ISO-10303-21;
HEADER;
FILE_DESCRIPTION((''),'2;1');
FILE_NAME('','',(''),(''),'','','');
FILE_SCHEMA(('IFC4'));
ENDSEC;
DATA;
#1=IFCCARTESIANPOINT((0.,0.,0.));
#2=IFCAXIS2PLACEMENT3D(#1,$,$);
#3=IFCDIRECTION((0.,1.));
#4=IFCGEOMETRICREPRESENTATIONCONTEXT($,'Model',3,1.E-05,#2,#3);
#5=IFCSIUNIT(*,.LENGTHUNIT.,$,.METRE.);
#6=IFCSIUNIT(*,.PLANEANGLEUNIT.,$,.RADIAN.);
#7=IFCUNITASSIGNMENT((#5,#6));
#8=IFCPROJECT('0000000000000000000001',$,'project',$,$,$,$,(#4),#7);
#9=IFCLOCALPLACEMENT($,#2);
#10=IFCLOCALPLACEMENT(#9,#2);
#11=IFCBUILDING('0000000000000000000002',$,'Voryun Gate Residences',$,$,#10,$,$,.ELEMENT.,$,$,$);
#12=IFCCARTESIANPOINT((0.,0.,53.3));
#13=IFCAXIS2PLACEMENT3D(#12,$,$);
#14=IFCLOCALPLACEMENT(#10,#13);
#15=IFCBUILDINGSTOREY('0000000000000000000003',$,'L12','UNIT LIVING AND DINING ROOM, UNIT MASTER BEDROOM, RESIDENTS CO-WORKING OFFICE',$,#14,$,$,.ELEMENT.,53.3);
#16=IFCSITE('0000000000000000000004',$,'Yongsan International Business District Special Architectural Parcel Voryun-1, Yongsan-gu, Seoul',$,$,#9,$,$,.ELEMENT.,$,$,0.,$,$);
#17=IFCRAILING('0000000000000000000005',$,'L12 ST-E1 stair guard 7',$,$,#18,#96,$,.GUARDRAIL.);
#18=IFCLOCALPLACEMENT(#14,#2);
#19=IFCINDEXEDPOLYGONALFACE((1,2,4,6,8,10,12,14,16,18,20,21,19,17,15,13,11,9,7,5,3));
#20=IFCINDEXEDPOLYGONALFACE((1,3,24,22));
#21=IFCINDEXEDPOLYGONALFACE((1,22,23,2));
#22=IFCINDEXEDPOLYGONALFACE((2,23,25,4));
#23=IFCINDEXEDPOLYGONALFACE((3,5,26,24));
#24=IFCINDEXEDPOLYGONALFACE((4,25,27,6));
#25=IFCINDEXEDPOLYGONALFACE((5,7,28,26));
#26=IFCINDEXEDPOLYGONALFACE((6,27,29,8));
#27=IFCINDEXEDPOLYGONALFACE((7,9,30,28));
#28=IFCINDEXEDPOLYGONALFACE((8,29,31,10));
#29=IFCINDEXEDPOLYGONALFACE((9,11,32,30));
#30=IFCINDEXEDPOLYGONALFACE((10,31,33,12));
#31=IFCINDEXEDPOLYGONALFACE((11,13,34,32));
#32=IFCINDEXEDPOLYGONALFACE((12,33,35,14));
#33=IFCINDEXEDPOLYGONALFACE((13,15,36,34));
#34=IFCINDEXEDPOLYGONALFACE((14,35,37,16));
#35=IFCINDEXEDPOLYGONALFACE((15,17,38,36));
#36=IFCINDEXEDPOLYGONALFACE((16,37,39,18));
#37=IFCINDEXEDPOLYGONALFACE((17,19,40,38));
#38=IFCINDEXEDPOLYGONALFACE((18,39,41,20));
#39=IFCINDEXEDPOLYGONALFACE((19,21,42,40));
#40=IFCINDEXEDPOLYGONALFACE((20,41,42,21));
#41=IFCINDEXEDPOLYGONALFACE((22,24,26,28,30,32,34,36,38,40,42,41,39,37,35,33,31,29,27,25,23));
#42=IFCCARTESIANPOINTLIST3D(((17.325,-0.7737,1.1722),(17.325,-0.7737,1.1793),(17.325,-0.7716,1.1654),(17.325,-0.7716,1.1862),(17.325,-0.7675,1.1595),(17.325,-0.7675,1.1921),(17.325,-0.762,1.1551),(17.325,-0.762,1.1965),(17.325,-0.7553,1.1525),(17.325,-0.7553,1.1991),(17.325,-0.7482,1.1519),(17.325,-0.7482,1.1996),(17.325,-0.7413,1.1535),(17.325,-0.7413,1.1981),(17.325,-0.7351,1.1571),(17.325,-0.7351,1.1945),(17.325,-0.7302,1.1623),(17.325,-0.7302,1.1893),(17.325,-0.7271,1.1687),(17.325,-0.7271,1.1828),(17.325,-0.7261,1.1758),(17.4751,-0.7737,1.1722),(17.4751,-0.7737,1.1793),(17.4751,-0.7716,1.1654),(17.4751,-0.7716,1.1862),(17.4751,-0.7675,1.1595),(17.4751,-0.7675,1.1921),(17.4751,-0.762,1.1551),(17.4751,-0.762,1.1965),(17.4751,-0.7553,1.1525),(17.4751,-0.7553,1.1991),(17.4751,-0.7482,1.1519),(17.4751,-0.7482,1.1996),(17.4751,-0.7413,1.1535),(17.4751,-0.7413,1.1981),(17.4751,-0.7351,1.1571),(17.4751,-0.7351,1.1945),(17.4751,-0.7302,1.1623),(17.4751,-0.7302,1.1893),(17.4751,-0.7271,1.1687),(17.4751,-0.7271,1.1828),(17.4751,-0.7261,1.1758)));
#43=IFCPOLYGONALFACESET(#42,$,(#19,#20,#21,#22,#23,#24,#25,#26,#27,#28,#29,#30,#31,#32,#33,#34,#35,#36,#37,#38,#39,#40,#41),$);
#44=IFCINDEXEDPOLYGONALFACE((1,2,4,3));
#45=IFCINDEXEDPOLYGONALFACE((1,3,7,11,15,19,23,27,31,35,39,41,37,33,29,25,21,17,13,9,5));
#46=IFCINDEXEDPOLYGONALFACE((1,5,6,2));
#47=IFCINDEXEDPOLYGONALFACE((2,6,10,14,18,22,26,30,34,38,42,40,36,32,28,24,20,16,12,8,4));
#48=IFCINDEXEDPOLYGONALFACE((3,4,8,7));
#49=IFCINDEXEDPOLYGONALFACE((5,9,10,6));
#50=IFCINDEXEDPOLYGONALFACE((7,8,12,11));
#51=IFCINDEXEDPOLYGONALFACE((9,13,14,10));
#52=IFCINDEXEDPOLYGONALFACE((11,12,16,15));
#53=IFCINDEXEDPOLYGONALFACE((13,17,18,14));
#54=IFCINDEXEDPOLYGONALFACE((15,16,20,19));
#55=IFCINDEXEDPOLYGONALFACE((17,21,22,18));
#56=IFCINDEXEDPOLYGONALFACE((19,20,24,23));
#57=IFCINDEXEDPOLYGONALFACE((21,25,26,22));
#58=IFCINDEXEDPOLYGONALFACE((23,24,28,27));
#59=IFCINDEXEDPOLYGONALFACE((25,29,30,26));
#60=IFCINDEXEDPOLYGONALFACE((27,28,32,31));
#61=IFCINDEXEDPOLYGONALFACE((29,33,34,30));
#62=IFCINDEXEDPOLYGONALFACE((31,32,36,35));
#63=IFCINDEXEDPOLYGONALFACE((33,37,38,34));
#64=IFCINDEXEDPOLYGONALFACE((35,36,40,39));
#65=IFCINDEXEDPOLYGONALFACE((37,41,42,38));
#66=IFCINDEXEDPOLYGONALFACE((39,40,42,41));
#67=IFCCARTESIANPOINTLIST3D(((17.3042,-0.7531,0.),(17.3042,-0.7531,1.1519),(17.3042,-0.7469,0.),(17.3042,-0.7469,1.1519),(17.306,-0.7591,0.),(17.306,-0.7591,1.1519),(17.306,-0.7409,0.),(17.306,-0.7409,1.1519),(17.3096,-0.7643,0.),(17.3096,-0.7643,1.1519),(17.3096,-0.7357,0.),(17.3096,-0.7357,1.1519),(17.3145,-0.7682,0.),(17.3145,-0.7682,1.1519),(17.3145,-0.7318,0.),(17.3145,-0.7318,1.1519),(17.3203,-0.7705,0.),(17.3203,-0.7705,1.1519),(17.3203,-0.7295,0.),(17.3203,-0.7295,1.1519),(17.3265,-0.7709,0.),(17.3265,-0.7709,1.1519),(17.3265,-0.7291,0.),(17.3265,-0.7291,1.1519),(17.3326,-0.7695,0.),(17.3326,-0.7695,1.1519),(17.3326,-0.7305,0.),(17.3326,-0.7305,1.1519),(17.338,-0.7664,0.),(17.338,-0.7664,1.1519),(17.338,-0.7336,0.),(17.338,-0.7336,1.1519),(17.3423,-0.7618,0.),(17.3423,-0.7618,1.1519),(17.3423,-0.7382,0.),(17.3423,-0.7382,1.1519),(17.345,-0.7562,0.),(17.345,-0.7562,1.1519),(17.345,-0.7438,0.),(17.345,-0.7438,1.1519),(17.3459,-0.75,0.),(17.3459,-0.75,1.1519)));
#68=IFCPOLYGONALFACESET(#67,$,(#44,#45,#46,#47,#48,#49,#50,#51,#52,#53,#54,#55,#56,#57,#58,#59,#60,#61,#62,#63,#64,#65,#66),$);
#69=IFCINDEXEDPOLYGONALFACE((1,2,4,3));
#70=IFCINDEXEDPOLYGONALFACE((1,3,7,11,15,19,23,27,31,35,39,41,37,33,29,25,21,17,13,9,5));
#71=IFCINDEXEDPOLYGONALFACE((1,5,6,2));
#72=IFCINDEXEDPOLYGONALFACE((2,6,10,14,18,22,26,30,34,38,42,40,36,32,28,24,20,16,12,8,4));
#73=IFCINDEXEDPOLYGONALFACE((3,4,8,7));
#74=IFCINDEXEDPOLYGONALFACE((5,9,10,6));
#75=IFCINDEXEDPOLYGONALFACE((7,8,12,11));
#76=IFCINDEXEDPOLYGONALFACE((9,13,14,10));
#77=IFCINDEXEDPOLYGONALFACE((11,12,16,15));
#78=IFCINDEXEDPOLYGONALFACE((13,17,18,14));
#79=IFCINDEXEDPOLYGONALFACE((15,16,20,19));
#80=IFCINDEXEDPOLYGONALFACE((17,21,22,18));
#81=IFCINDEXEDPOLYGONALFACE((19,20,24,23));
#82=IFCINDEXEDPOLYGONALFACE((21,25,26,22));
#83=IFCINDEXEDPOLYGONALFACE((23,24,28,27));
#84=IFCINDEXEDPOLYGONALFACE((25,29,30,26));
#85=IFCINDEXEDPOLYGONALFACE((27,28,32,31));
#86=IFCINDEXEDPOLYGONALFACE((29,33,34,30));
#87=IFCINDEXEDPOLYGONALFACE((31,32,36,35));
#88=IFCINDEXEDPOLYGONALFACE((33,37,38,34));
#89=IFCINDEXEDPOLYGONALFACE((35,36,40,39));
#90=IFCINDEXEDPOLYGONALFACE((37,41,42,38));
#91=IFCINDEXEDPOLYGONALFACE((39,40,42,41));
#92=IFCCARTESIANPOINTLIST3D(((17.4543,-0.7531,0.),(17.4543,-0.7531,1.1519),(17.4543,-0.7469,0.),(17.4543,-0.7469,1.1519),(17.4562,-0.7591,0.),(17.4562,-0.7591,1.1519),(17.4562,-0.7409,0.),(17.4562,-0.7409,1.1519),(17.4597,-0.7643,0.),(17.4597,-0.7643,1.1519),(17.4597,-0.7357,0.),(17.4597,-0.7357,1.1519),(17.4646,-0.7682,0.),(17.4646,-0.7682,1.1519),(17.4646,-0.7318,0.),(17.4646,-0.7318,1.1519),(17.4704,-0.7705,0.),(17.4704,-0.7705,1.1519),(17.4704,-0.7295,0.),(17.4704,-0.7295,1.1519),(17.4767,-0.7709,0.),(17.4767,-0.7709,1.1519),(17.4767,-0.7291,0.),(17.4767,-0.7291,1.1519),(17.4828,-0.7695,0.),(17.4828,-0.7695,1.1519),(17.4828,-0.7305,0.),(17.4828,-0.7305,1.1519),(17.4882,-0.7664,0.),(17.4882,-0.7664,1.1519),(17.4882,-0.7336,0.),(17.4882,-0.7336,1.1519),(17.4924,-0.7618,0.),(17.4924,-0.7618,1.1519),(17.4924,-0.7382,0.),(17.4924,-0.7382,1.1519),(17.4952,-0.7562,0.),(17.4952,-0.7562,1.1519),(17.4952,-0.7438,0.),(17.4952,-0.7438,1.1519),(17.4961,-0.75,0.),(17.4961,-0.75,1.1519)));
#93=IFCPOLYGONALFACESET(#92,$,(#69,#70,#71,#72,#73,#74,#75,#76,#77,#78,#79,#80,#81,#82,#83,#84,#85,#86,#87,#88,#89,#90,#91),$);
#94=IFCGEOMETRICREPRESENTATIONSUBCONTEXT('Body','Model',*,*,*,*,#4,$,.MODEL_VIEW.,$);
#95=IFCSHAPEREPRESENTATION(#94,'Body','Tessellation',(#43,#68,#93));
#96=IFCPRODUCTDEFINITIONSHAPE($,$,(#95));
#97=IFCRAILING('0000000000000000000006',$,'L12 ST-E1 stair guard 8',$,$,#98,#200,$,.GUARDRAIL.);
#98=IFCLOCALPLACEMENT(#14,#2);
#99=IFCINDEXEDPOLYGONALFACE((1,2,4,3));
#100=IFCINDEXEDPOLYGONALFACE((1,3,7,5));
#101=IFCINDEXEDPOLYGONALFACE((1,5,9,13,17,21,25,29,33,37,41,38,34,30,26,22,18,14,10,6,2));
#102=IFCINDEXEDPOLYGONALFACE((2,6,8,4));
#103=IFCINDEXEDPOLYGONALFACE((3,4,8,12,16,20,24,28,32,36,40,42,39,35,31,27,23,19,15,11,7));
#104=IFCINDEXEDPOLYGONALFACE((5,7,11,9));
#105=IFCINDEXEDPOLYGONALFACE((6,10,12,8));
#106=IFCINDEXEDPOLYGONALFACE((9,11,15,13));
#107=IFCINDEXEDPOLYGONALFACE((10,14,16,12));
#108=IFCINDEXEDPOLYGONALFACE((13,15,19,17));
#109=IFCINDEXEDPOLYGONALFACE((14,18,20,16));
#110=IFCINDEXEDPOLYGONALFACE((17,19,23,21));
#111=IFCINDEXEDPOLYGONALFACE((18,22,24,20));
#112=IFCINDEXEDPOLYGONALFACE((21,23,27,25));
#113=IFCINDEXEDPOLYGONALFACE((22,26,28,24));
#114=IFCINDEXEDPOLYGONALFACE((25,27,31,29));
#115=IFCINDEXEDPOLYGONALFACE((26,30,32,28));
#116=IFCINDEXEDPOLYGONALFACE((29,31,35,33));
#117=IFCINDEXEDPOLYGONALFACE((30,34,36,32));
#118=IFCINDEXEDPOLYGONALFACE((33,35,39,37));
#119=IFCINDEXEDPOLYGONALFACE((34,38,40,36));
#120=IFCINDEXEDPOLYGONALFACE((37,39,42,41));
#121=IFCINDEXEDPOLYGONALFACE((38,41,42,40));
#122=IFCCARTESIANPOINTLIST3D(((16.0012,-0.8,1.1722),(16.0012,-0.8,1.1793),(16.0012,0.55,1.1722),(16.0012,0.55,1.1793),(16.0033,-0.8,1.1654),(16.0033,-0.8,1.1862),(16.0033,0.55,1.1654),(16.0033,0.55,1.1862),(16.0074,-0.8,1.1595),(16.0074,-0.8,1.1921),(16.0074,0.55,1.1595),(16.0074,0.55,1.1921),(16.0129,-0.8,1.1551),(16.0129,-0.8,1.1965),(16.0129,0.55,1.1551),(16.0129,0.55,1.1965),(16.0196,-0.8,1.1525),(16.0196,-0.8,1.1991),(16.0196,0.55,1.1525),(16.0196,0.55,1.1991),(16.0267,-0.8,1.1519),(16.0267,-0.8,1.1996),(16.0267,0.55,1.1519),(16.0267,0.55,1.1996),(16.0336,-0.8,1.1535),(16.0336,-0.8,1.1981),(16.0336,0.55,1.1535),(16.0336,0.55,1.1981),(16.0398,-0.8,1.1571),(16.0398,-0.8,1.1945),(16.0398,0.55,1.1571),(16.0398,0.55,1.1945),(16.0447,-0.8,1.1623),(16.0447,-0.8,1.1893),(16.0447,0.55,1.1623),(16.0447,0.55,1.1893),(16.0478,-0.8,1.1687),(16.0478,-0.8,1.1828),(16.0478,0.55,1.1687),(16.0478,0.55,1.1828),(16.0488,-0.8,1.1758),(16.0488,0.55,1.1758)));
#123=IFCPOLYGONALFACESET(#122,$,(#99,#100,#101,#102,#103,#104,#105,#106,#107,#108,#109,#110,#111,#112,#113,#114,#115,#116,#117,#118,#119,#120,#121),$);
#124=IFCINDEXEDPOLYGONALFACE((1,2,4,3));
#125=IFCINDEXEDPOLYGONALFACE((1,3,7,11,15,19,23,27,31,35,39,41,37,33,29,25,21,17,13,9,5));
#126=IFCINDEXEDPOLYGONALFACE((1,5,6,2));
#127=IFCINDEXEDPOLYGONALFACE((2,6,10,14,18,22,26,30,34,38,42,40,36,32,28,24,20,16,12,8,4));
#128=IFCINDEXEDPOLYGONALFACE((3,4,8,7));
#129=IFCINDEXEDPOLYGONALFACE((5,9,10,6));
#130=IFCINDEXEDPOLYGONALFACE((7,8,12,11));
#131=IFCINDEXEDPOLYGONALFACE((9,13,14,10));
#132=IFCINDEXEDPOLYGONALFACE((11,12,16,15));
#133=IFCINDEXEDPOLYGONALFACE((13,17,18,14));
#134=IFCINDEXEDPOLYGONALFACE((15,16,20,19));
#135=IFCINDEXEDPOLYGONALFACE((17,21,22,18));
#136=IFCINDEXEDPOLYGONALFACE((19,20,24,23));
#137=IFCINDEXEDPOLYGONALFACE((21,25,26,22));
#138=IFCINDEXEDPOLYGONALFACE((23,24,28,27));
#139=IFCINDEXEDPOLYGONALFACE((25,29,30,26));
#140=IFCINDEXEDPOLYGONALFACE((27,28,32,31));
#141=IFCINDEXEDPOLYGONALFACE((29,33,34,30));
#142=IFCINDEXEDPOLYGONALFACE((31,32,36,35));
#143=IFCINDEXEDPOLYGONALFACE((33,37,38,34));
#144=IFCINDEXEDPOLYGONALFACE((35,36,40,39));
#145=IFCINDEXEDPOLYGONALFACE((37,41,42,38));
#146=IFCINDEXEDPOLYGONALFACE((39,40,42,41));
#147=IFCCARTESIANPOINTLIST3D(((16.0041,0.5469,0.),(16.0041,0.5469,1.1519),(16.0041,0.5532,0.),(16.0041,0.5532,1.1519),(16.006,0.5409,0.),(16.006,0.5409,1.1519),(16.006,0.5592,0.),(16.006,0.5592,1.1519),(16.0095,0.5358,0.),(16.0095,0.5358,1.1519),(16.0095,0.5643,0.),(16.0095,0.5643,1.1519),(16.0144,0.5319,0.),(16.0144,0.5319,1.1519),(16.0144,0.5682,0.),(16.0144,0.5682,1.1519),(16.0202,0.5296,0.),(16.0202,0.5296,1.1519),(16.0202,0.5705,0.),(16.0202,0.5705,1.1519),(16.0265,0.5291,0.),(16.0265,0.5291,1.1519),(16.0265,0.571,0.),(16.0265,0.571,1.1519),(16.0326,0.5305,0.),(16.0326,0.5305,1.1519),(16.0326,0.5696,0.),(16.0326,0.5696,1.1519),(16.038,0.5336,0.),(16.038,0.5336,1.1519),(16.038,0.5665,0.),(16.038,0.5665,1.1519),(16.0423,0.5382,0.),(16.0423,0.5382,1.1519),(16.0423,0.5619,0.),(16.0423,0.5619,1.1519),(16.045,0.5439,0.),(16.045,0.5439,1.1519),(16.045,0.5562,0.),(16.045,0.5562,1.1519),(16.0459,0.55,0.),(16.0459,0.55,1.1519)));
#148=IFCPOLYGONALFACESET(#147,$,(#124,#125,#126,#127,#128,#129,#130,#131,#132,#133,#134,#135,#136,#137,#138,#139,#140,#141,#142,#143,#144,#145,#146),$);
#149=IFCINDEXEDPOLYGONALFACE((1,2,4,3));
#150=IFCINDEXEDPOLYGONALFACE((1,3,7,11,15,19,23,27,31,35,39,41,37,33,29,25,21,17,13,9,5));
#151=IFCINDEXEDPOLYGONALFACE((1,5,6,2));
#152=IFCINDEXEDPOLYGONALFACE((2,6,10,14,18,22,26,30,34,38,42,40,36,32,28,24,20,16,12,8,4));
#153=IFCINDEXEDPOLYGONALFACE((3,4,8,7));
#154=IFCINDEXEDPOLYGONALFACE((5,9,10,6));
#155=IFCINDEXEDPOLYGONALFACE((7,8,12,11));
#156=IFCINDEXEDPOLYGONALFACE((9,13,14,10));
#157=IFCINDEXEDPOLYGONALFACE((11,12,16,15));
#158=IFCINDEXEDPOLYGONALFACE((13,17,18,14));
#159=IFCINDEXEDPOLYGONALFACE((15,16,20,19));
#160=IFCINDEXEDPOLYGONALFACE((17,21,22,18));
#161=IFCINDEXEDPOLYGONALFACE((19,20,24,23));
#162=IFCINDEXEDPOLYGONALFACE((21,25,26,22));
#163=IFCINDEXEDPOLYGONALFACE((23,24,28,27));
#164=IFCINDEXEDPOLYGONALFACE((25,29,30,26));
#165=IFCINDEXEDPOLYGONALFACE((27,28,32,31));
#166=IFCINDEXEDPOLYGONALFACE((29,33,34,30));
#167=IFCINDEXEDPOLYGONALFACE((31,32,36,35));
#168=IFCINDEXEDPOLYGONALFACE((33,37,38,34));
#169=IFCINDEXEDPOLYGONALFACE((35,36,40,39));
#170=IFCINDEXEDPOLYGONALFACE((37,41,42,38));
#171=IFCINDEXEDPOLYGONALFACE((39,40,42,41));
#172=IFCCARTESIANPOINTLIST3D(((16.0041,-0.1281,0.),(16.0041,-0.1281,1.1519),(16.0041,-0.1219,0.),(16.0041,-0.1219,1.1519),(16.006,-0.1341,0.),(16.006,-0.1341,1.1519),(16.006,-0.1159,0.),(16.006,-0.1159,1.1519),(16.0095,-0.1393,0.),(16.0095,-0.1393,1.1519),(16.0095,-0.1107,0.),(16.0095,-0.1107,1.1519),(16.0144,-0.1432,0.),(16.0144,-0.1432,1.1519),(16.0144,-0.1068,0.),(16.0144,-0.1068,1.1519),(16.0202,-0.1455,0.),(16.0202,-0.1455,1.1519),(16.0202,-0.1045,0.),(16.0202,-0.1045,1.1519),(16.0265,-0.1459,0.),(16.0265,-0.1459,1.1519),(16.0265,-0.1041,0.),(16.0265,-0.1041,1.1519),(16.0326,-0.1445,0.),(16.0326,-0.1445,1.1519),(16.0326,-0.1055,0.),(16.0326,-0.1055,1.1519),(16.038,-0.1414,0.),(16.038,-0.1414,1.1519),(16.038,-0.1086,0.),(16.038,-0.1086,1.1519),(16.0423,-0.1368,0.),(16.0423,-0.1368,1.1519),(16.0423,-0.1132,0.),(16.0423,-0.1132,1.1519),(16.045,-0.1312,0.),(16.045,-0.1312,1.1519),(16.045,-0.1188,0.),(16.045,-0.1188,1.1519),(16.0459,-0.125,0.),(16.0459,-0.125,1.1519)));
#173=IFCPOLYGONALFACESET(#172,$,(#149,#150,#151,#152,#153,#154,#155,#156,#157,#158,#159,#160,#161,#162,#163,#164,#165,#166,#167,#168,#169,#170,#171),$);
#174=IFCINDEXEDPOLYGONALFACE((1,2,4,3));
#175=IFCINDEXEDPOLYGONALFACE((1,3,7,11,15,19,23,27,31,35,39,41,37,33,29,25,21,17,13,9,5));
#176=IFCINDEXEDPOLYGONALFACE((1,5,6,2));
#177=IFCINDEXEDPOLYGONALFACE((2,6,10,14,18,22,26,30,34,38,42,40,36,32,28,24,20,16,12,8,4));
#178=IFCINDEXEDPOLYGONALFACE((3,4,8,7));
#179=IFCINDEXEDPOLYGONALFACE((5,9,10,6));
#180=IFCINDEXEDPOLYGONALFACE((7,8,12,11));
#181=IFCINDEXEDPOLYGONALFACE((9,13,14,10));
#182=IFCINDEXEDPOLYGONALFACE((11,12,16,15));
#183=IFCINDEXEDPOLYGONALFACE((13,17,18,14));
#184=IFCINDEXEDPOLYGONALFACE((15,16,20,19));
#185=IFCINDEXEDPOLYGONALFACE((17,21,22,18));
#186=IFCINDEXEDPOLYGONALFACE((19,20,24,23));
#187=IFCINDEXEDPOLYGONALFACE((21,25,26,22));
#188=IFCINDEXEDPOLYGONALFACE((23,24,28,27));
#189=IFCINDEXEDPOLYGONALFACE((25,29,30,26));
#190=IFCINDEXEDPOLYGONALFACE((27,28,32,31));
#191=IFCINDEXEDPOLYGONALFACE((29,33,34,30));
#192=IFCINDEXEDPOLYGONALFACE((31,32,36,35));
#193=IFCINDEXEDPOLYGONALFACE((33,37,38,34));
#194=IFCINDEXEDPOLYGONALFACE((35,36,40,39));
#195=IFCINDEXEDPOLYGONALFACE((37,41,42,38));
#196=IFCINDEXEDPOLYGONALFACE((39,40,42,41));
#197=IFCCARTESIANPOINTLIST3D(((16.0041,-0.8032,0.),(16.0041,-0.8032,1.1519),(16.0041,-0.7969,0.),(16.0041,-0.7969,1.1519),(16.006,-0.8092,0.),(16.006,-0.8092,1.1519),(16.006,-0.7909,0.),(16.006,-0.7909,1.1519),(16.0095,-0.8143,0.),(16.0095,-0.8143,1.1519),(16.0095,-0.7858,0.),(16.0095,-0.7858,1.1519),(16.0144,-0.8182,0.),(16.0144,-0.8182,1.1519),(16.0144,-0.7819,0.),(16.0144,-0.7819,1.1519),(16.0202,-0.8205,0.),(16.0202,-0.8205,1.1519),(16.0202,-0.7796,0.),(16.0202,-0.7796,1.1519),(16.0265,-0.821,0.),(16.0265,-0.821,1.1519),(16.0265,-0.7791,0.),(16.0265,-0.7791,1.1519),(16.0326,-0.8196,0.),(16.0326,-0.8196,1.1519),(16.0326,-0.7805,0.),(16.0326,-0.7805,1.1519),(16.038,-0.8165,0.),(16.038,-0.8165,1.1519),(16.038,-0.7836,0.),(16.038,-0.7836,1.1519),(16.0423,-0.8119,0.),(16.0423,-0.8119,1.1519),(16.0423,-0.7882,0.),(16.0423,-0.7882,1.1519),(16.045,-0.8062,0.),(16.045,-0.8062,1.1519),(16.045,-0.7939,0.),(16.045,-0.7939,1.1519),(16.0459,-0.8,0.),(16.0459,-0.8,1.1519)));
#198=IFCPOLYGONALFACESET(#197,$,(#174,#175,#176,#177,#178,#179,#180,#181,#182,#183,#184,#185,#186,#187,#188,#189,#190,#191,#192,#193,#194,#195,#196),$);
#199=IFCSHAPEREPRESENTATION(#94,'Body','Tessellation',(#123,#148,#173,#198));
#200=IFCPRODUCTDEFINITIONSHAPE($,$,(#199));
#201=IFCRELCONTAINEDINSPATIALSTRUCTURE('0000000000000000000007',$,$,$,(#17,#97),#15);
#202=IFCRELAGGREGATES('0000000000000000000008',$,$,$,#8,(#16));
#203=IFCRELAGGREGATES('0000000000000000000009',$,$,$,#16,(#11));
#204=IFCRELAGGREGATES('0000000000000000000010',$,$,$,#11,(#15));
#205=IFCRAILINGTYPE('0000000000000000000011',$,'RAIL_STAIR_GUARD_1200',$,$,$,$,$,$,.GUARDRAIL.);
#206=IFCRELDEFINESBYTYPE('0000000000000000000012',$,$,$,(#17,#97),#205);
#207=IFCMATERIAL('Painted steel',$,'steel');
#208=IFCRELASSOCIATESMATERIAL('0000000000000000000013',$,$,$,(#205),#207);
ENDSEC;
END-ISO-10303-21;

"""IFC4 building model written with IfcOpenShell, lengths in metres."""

from ifc_helpers import new_model, si_unit, direction, frame, origin, origin_2d, place, context, subcontext, project, spatial, circle, extrude, material, type_object, element, save


model = new_model("IFC4")

# Units and contexts
model_context = context("Model", 3, precision=1e-05, world=origin(), true_north=direction((0.0, 1.0)))
body_context = subcontext(model_context, "Body", "Model", "MODEL_VIEW")
ifc_project = project(units=[si_unit("LENGTHUNIT", "METRE"), si_unit("PLANEANGLEUNIT", "RADIAN")], contexts=[model_context])

# Site, building, storey
site_placement = place(None, origin())
site = spatial("IfcSite", under=ifc_project, at=site_placement, Name="Yongsan International Business District Special Architectural Parcel Voryun-1, Yongsan-gu, Seoul", CompositionType="ELEMENT", RefElevation=0.0)
building_placement = place(site_placement, origin())
building = spatial("IfcBuilding", under=site, at=building_placement, Name="Voryun Gate Residences", CompositionType="ELEMENT")
storey_placement = place(building_placement, frame((0.0, 0.0, 53.3)))
storey = spatial("IfcBuildingStorey", under=building, at=storey_placement, Name="L12", Description="UNIT LIVING AND DINING ROOM, UNIT MASTER BEDROOM, RESIDENTS CO-WORKING OFFICE", CompositionType="ELEMENT", Elevation=53.3)

# Railings
ifc_material_1 = material(Name="Painted steel", Category="steel")
railing_type = type_object("IfcRailingType", Name="RAIL_STAIR_GUARD_1200", PredefinedType="GUARDRAIL", material=ifc_material_1)
railing_placement = place(storey_placement, frame((17.325, -0.75, 0.0)))
element("IfcRailing", 1, at=railing_placement, inside=storey, type_object=railing_type, Name="L12 ST-E1 stair guard 7", PredefinedType="GUARDRAIL", context=body_context, shape_type="SweptSolid", body=[
    extrude(circle(Radius=0.0239, at=origin_2d()), frame((0.0, 0.0, 1.1758), z_axis=(1.0, 0.0, 0.0), x_axis=(0.0, 1.0, 0.0)), (0.0, 0.0, 1.0), 0.1501),
    extrude(circle(Radius=0.021, at=origin_2d()), origin(), (0.0, 0.0, 1.0), 1.1519),
    extrude(circle(Radius=0.021, at=origin_2d()), frame((0.1501, 0.0, 0.0)), (0.0, 0.0, 1.0), 1.1519),
])
for number, where, name in (
    (2, (16.0249, 0.55, 0.0), "L12 ST-E1 stair guard 8"),
):
    element("IfcRailing", number, at=place(storey_placement, frame(where)), inside=storey, type_object=railing_type, Name=name, PredefinedType="GUARDRAIL", context=body_context, shape_type="SweptSolid", body=[
        extrude(circle(Radius=0.0239, at=origin_2d()), frame((0.0, 0.0, 1.1758), z_axis=(0.0, -1.0, 0.0), x_axis=(1.0, 0.0, 0.0)), (0.0, 0.0, 1.0), 1.3501),
        extrude(circle(Radius=0.021, at=origin_2d()), origin(), (0.0, 0.0, 1.0), 1.1519),
        extrude(circle(Radius=0.021, at=origin_2d()), frame((0.0, -0.675, 0.0)), (0.0, 0.0, 1.0), 1.1519),
        extrude(circle(Radius=0.021, at=origin_2d()), frame((0.0, -1.3501, 0.0)), (0.0, 0.0, 1.0), 1.1519),
    ])

save(model, "model.ifc")
